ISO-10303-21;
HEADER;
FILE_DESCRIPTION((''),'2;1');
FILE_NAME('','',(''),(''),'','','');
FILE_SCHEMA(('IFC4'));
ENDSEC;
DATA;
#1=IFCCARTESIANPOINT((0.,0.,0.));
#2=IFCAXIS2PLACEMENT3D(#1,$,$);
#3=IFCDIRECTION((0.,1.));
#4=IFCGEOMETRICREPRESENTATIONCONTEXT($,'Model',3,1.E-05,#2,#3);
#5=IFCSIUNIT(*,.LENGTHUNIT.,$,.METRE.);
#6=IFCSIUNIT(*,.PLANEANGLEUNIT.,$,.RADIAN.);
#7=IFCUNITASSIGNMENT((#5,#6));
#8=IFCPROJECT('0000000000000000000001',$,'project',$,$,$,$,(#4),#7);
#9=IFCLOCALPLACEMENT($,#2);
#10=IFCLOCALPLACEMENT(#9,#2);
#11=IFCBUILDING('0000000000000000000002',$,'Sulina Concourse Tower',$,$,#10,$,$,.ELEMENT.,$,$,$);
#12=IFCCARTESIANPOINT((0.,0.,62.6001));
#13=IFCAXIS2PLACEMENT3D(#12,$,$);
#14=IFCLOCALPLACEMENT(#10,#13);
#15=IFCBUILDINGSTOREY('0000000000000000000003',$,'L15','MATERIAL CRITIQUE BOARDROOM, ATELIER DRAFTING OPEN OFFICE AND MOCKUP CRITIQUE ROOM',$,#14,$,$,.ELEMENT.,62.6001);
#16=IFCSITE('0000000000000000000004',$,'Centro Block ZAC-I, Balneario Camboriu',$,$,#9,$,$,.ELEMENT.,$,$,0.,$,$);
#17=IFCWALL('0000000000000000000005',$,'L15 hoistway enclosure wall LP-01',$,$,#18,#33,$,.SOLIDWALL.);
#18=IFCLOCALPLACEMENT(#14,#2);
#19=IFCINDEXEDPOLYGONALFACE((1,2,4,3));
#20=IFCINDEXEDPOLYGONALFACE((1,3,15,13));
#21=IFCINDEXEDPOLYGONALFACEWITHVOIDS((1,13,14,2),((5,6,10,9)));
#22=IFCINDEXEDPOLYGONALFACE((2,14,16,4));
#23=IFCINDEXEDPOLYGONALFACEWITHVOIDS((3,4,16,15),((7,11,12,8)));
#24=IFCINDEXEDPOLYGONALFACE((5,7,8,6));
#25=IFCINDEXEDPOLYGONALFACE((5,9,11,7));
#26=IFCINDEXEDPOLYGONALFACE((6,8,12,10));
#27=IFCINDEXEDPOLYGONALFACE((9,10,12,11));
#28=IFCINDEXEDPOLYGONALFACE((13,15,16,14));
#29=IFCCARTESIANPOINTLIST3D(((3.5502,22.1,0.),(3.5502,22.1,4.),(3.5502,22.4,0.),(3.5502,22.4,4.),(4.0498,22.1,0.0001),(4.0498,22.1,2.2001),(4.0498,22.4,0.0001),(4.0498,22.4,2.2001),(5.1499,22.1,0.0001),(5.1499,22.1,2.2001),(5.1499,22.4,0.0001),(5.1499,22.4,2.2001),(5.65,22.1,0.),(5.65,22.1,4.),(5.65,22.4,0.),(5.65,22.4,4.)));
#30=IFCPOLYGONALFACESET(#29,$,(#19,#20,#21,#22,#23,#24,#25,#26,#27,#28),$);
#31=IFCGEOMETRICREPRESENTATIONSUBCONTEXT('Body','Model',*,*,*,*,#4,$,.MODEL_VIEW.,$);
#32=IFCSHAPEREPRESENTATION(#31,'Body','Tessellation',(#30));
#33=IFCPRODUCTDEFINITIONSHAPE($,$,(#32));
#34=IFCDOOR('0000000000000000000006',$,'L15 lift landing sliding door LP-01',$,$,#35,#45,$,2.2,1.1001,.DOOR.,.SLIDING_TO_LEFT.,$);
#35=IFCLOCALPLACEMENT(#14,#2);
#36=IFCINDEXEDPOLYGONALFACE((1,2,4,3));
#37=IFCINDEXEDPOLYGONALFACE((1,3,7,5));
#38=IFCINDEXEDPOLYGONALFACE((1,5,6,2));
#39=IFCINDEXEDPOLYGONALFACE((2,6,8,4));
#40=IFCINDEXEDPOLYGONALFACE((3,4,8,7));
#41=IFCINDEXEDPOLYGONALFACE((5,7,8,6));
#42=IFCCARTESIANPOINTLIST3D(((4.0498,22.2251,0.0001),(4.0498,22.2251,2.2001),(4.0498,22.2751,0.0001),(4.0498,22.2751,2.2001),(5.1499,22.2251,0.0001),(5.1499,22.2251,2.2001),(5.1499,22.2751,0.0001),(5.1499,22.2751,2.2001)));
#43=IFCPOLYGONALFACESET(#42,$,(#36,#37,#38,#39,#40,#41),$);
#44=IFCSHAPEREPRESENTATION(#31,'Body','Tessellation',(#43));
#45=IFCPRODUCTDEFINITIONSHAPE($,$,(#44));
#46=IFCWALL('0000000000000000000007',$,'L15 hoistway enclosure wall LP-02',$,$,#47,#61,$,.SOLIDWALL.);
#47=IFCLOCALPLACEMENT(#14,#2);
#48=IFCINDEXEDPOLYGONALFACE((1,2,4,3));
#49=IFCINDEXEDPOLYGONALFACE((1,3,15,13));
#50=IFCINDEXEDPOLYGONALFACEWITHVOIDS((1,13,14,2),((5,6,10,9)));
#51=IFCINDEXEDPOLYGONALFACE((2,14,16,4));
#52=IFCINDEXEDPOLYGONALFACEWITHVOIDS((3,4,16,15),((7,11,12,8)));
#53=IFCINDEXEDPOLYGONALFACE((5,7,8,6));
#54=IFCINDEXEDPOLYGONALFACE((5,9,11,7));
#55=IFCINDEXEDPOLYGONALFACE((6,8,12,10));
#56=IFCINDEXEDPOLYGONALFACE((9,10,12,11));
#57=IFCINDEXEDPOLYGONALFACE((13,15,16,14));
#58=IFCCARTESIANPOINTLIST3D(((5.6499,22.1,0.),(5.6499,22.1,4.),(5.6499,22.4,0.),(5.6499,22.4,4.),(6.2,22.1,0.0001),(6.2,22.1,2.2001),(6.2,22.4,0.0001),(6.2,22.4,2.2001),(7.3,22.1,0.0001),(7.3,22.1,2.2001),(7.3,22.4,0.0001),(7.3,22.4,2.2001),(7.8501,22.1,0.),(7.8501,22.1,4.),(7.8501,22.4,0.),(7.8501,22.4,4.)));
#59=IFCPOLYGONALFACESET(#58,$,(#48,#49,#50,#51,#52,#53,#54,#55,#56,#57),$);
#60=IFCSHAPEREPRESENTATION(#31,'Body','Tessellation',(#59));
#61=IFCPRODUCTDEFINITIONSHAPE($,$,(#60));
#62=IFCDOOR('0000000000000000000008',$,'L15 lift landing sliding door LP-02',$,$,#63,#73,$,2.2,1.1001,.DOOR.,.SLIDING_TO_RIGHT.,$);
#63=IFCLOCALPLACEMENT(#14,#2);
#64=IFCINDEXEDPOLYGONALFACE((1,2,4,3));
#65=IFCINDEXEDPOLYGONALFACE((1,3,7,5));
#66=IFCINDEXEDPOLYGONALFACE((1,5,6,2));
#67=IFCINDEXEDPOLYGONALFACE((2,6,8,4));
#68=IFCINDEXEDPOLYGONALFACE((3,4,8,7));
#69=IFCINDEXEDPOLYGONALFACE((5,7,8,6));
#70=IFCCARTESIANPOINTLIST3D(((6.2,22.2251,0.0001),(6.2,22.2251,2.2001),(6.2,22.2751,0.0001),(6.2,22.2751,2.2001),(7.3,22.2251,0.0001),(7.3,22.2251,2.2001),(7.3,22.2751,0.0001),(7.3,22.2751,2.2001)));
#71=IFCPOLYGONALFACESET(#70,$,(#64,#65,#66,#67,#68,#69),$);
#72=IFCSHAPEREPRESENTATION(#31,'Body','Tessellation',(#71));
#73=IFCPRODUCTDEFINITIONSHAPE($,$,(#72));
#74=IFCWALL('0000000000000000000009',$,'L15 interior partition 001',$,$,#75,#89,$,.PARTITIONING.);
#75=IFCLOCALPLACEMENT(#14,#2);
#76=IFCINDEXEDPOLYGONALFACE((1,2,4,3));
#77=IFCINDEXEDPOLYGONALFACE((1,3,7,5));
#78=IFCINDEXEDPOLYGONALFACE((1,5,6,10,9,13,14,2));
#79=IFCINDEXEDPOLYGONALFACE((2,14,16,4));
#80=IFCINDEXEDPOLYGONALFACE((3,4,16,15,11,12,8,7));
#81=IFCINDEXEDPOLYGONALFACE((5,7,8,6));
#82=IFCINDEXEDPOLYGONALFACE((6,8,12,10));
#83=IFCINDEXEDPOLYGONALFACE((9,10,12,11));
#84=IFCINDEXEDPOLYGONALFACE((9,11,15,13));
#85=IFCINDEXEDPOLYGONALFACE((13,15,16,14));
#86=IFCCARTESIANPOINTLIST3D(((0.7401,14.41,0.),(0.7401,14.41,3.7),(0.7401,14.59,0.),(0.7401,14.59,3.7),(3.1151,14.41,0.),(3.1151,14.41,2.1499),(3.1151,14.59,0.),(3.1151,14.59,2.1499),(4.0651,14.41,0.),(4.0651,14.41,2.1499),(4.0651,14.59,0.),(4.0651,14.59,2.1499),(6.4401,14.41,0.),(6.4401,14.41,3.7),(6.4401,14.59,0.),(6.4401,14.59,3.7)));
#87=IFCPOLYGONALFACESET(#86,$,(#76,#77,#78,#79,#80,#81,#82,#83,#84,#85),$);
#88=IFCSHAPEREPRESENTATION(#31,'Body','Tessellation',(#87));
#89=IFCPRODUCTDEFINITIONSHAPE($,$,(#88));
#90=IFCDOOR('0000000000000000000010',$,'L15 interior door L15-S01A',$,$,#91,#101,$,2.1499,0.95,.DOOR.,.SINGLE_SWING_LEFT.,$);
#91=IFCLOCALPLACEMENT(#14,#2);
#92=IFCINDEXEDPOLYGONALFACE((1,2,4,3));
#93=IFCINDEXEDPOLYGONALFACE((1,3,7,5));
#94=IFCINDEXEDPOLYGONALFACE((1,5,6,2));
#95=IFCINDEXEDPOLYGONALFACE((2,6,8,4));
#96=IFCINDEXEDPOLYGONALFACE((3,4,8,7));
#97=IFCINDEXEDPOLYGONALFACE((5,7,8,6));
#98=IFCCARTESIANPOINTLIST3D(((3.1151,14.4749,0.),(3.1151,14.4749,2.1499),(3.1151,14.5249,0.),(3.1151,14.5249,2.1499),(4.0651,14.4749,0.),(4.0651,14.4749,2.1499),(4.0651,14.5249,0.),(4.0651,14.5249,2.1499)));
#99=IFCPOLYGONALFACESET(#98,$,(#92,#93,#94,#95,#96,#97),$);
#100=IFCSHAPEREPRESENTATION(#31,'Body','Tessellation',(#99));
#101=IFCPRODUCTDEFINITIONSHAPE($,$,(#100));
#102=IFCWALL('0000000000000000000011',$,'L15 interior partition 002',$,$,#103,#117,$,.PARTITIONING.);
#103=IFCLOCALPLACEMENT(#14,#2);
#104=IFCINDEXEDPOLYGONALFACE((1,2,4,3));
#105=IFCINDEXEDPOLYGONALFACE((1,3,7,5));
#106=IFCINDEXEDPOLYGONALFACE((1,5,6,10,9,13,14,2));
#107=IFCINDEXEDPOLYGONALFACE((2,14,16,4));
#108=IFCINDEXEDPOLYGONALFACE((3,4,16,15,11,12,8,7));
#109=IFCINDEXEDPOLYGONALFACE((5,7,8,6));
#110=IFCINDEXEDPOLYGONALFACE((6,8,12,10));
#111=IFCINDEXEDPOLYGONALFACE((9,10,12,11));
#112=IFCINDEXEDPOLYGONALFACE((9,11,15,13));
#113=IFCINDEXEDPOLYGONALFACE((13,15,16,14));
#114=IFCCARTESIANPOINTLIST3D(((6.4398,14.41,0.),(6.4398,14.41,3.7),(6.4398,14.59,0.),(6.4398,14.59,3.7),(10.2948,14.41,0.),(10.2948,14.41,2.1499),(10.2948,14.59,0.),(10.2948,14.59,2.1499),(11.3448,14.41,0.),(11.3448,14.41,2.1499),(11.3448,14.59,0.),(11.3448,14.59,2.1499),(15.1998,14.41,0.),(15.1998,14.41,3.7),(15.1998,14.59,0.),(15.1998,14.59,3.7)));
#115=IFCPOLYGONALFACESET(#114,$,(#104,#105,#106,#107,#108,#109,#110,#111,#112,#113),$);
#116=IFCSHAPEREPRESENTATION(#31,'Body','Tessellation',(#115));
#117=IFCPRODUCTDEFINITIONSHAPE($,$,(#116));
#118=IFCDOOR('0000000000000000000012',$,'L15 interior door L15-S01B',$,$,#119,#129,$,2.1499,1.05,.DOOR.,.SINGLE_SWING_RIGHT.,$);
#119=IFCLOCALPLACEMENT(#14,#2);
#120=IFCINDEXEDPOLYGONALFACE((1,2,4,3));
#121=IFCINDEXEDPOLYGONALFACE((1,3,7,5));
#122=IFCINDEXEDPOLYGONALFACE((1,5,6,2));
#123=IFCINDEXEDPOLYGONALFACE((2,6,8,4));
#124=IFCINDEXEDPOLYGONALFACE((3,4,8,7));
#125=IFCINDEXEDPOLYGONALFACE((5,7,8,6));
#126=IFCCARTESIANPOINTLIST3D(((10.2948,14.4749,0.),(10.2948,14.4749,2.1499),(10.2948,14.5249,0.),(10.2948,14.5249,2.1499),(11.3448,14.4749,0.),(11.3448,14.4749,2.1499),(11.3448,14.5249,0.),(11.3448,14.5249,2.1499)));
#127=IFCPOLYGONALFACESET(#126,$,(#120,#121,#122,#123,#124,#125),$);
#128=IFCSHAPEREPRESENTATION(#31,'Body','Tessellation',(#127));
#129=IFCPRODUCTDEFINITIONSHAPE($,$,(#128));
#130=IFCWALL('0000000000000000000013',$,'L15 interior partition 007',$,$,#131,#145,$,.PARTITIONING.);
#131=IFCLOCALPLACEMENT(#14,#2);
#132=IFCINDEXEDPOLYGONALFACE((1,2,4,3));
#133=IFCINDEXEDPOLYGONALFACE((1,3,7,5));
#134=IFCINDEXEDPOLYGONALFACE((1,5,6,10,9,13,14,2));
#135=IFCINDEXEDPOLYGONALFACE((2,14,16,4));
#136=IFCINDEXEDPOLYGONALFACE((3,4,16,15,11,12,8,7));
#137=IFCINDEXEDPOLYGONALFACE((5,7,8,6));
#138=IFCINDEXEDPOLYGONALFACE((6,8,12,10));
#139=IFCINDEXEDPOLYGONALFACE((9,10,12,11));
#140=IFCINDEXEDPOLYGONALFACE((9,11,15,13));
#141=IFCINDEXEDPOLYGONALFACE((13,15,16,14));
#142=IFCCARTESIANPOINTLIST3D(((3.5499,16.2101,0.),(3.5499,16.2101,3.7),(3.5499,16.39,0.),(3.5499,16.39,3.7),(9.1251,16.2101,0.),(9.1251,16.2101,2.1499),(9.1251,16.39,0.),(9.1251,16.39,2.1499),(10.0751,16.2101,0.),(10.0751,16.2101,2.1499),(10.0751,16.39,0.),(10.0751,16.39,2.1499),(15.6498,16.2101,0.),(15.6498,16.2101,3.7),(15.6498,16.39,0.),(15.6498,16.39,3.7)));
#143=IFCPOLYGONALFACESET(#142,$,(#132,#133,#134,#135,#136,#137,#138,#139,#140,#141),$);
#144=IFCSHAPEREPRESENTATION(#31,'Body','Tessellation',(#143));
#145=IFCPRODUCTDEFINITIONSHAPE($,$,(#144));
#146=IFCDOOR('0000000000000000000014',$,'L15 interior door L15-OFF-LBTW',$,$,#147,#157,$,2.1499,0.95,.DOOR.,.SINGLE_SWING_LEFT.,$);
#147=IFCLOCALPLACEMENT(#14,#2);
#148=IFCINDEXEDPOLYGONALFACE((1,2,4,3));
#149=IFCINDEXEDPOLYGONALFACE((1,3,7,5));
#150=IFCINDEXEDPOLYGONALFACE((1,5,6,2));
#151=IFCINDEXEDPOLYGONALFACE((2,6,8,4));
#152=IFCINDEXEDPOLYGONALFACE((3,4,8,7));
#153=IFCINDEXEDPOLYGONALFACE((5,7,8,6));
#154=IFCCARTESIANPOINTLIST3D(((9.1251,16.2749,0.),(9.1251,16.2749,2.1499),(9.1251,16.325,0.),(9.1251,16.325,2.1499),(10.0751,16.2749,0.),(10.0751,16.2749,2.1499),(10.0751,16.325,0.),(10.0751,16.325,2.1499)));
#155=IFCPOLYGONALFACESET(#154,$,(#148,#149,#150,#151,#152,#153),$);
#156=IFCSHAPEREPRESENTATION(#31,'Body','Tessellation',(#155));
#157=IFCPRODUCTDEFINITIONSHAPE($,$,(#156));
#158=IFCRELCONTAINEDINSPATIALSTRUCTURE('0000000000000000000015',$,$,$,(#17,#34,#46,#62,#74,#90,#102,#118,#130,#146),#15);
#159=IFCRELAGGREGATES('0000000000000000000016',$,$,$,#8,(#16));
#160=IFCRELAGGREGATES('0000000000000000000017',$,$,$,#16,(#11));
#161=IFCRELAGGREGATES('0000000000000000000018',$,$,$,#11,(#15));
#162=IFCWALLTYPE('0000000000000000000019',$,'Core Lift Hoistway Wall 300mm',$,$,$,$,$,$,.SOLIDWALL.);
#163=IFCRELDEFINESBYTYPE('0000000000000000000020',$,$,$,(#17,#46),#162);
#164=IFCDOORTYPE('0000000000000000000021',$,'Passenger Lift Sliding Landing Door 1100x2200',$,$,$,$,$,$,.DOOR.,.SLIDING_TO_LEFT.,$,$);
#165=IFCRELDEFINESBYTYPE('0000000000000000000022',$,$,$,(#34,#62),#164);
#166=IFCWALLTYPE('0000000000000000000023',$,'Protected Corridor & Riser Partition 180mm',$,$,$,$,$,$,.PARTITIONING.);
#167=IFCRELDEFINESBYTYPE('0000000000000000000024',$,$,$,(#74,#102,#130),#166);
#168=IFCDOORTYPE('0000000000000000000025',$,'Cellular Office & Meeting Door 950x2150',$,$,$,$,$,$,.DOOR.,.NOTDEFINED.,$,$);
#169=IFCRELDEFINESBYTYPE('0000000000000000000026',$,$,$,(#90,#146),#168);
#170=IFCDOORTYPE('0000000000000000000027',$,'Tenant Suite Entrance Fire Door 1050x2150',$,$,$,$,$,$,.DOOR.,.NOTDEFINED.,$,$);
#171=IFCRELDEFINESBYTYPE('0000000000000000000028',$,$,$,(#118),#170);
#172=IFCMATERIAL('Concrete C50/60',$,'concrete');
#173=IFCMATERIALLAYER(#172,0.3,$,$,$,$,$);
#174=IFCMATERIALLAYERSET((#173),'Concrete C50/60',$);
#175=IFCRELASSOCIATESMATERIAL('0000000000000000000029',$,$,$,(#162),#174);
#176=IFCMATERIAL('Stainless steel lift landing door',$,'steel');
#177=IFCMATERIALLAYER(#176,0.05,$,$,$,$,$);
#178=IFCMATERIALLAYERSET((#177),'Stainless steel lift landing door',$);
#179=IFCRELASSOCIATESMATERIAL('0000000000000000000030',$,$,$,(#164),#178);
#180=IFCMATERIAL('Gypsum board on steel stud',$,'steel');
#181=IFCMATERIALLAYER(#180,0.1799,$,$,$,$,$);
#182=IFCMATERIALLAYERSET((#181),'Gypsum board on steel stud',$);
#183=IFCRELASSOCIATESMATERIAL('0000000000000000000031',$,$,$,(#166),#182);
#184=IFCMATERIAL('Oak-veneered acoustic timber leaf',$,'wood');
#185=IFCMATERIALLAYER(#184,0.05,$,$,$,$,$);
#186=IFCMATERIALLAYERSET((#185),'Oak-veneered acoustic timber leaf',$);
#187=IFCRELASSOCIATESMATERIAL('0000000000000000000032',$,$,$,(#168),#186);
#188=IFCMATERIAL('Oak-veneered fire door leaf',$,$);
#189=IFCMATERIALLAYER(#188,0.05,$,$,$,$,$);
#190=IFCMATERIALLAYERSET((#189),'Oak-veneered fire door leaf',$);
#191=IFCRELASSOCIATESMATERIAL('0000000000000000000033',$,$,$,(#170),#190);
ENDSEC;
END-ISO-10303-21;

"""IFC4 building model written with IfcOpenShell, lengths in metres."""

from ifc_helpers import new_model, si_unit, direction, frame, frame_2d, origin, place, context, subcontext, project, spatial, rectangle, extrude, material, layer, layer_set, type_object, element, fill, save


model = new_model("IFC4")

# Units and contexts
model_context = context("Model", 3, precision=1e-05, world=origin(), true_north=direction((0.0, 1.0)))
body_context = subcontext(model_context, "Body", "Model", "MODEL_VIEW")
ifc_project = project(units=[si_unit("LENGTHUNIT", "METRE"), si_unit("PLANEANGLEUNIT", "RADIAN")], contexts=[model_context])

# Site, building, storey
site_placement = place(None, origin())
site = spatial("IfcSite", under=ifc_project, at=site_placement, Name="Centro Block ZAC-I, Balneario Camboriu", CompositionType="ELEMENT", RefElevation=0.0)
building_placement = place(site_placement, origin())
building = spatial("IfcBuilding", under=site, at=building_placement, Name="Sulina Concourse Tower", CompositionType="ELEMENT")
storey_placement = place(building_placement, frame((0.0, 0.0, 62.6001)))
storey = spatial("IfcBuildingStorey", under=building, at=storey_placement, Name="L15", Description="MATERIAL CRITIQUE BOARDROOM, ATELIER DRAFTING OPEN OFFICE AND MOCKUP CRITIQUE ROOM", CompositionType="ELEMENT", Elevation=62.6001)

# Walls, openings, doors
ifc_material_1 = material(Name="Concrete C50/60", Category="concrete")
ifc_layer_1 = layer(ifc_material_1, 0.3)
ifc_layer_set_1 = layer_set([ifc_layer_1], Name="Concrete C50/60")
wall_type_1 = type_object("IfcWallType", Name="Core Lift Hoistway Wall 300mm", PredefinedType="SOLIDWALL", material=ifc_layer_set_1)
wall_1_placement = place(storey_placement, frame((5.6499, 22.25, 0.0), z_axis=(0.0, 0.0, 1.0), x_axis=(-1.0, 0.0, 0.0)))
wall_1 = element("IfcWall", 1, at=wall_1_placement, inside=storey, type_object=wall_type_1, Name="L15 hoistway enclosure wall LP-01", PredefinedType="SOLIDWALL", context=body_context, shape_type="SweptSolid", body=[
    extrude(rectangle(XDim=2.0999, YDim=0.3, at=frame_2d((1.0498, 0.0))), origin(), (0.0, 0.0, 1.0), 4.0),
])
opening_1_placement = place(wall_1_placement, frame((0.5, 0.0, 0.0)))
opening_1 = element("IfcOpeningElement", 2, at=opening_1_placement, cuts=wall_1, PredefinedType="OPENING", context=body_context, shape_type="SweptSolid", body=[
    extrude(rectangle(XDim=1.1001, YDim=2.2, at=frame_2d((0.55, 1.1001))), frame((0.0, 0.1599, 0.0), z_axis=(0.0, -1.0, 0.0), x_axis=(1.0, 0.0, 0.0)), (0.0, 0.0, 1.0), 0.3201),
])
ifc_material_2 = material(Name="Stainless steel lift landing door", Category="steel")
ifc_layer_2 = layer(ifc_material_2, 0.05)
ifc_layer_set_2 = layer_set([ifc_layer_2], Name="Stainless steel lift landing door")
door_type_1 = type_object("IfcDoorType", Name="Passenger Lift Sliding Landing Door 1100x2200", OperationType="SLIDING_TO_LEFT", PredefinedType="DOOR", material=ifc_layer_set_2)
door_1_placement = place(opening_1_placement, origin())
door_1 = element("IfcDoor", 3, at=door_1_placement, inside=storey, type_object=door_type_1, Name="L15 lift landing sliding door LP-01", OperationType="SLIDING_TO_LEFT", OverallHeight=2.2, OverallWidth=1.1001, PredefinedType="DOOR", context=body_context, shape_type="SweptSolid", body=[
    extrude(rectangle(XDim=1.1001, YDim=2.2, at=frame_2d((0.55, 1.1001))), frame((0.0, 0.0249, 0.0), z_axis=(0.0, -1.0, 0.0), x_axis=(1.0, 0.0, 0.0)), (0.0, 0.0, 1.0), 0.05),
])
fill(opening_1, door_1)
wall_2_placement = place(storey_placement, frame((7.8501, 22.25, 0.0), z_axis=(0.0, 0.0, 1.0), x_axis=(-1.0, 0.0, 0.0)))
wall_2 = element("IfcWall", 4, at=wall_2_placement, inside=storey, type_object=wall_type_1, Name="L15 hoistway enclosure wall LP-02", PredefinedType="SOLIDWALL", context=body_context, shape_type="SweptSolid", body=[
    extrude(rectangle(XDim=2.2002, YDim=0.3, at=frame_2d((1.1001, 0.0))), origin(), (0.0, 0.0, 1.0), 4.0),
])
opening_2_placement = place(wall_2_placement, frame((0.55, 0.0, 0.0)))
opening_2 = element("IfcOpeningElement", 5, at=opening_2_placement, cuts=wall_2, PredefinedType="OPENING", context=body_context, shape_type="SweptSolid", body=[
    extrude(rectangle(XDim=1.1001, YDim=2.2, at=frame_2d((0.55, 1.1001))), frame((0.0, 0.1599, 0.0), z_axis=(0.0, -1.0, 0.0), x_axis=(1.0, 0.0, 0.0)), (0.0, 0.0, 1.0), 0.3201),
])
door_2_placement = place(opening_2_placement, origin())
door_2 = element("IfcDoor", 6, at=door_2_placement, inside=storey, type_object=door_type_1, Name="L15 lift landing sliding door LP-02", OperationType="SLIDING_TO_RIGHT", OverallHeight=2.2, OverallWidth=1.1001, PredefinedType="DOOR", context=body_context, shape_type="SweptSolid", body=[
    extrude(rectangle(XDim=1.1001, YDim=2.2, at=frame_2d((0.55, 1.1001))), frame((0.0, 0.0249, 0.0), z_axis=(0.0, -1.0, 0.0), x_axis=(1.0, 0.0, 0.0)), (0.0, 0.0, 1.0), 0.05),
])
fill(opening_2, door_2)
ifc_material_3 = material(Name="Gypsum board on steel stud", Category="steel")
ifc_layer_3 = layer(ifc_material_3, 0.1799)
ifc_layer_set_3 = layer_set([ifc_layer_3], Name="Gypsum board on steel stud")
wall_type_2 = type_object("IfcWallType", Name="Protected Corridor & Riser Partition 180mm", PredefinedType="PARTITIONING", material=ifc_layer_set_3)
wall_3_placement = place(storey_placement, frame((0.74, 14.5, 0.0), z_axis=(0.0, 0.0, 1.0), x_axis=(1.0, 0.0, 0.0)))
wall_3 = element("IfcWall", 7, at=wall_3_placement, inside=storey, type_object=wall_type_2, Name="L15 interior partition 001", PredefinedType="PARTITIONING", context=body_context, shape_type="SweptSolid", body=[
    extrude(rectangle(XDim=5.7, YDim=0.1799, at=frame_2d((2.8501, 0.0))), origin(), (0.0, 0.0, 1.0), 3.7),
])
opening_3_placement = place(wall_3_placement, frame((2.375, 0.0, 0.0)))
opening_3 = element("IfcOpeningElement", 8, at=opening_3_placement, cuts=wall_3, PredefinedType="OPENING", context=body_context, shape_type="SweptSolid", body=[
    extrude(rectangle(XDim=0.95, YDim=2.1499, at=frame_2d((0.4751, 1.075))), frame((0.0, 0.0999, 0.0), z_axis=(0.0, -1.0, 0.0), x_axis=(1.0, 0.0, 0.0)), (0.0, 0.0, 1.0), 0.2),
])
ifc_material_4 = material(Name="Oak-veneered acoustic timber leaf", Category="wood")
ifc_layer_4 = layer(ifc_material_4, 0.05)
ifc_layer_set_4 = layer_set([ifc_layer_4], Name="Oak-veneered acoustic timber leaf")
door_type_2 = type_object("IfcDoorType", Name="Cellular Office & Meeting Door 950x2150", OperationType="NOTDEFINED", PredefinedType="DOOR", material=ifc_layer_set_4)
door_3_placement = place(opening_3_placement, origin())
door_3 = element("IfcDoor", 9, at=door_3_placement, inside=storey, type_object=door_type_2, Name="L15 interior door L15-S01A", OperationType="SINGLE_SWING_LEFT", OverallHeight=2.1499, OverallWidth=0.95, PredefinedType="DOOR", context=body_context, shape_type="SweptSolid", body=[
    extrude(rectangle(XDim=0.95, YDim=2.1499, at=frame_2d((0.4751, 1.075))), frame((0.0, 0.0249, 0.0), z_axis=(0.0, -1.0, 0.0), x_axis=(1.0, 0.0, 0.0)), (0.0, 0.0, 1.0), 0.05),
])
fill(opening_3, door_3)
wall_4_placement = place(storey_placement, frame((6.4399, 14.5, 0.0), z_axis=(0.0, 0.0, 1.0), x_axis=(1.0, 0.0, 0.0)))
wall_4 = element("IfcWall", 10, at=wall_4_placement, inside=storey, type_object=wall_type_2, Name="L15 interior partition 002", PredefinedType="PARTITIONING", context=body_context, shape_type="SweptSolid", body=[
    extrude(rectangle(XDim=8.76, YDim=0.1799, at=frame_2d((4.3799, 0.0))), origin(), (0.0, 0.0, 1.0), 3.7),
])
opening_4_placement = place(wall_4_placement, frame((3.855, 0.0, 0.0)))
opening_4 = element("IfcOpeningElement", 11, at=opening_4_placement, cuts=wall_4, PredefinedType="OPENING", context=body_context, shape_type="SweptSolid", body=[
    extrude(rectangle(XDim=1.05, YDim=2.1499, at=frame_2d((0.5249, 1.075))), frame((0.0, 0.0999, 0.0), z_axis=(0.0, -1.0, 0.0), x_axis=(1.0, 0.0, 0.0)), (0.0, 0.0, 1.0), 0.2),
])
ifc_material_5 = material(Name="Oak-veneered fire door leaf")
ifc_layer_5 = layer(ifc_material_5, 0.05)
ifc_layer_set_5 = layer_set([ifc_layer_5], Name="Oak-veneered fire door leaf")
door_type_3 = type_object("IfcDoorType", Name="Tenant Suite Entrance Fire Door 1050x2150", OperationType="NOTDEFINED", PredefinedType="DOOR", material=ifc_layer_set_5)
door_4_placement = place(opening_4_placement, origin())
door_4 = element("IfcDoor", 12, at=door_4_placement, inside=storey, type_object=door_type_3, Name="L15 interior door L15-S01B", OperationType="SINGLE_SWING_RIGHT", OverallHeight=2.1499, OverallWidth=1.05, PredefinedType="DOOR", context=body_context, shape_type="SweptSolid", body=[
    extrude(rectangle(XDim=1.05, YDim=2.1499, at=frame_2d((0.5249, 1.075))), frame((0.0, 0.0249, 0.0), z_axis=(0.0, -1.0, 0.0), x_axis=(1.0, 0.0, 0.0)), (0.0, 0.0, 1.0), 0.05),
])
fill(opening_4, door_4)
wall_5_placement = place(storey_placement, frame((3.55, 16.3, 0.0), z_axis=(0.0, 0.0, 1.0), x_axis=(1.0, 0.0, 0.0)))
wall_5 = element("IfcWall", 13, at=wall_5_placement, inside=storey, type_object=wall_type_2, Name="L15 interior partition 007", PredefinedType="PARTITIONING", context=body_context, shape_type="SweptSolid", body=[
    extrude(rectangle(XDim=12.0999, YDim=0.1799, at=frame_2d((6.0498, 0.0))), origin(), (0.0, 0.0, 1.0), 3.7),
])
opening_5_placement = place(wall_5_placement, frame((5.575, 0.0, 0.0)))
opening_5 = element("IfcOpeningElement", 14, at=opening_5_placement, cuts=wall_5, PredefinedType="OPENING", context=body_context, shape_type="SweptSolid", body=[
    extrude(rectangle(XDim=0.95, YDim=2.1499, at=frame_2d((0.4751, 1.075))), frame((0.0, 0.0999, 0.0), z_axis=(0.0, -1.0, 0.0), x_axis=(1.0, 0.0, 0.0)), (0.0, 0.0, 1.0), 0.2),
])
door_5_placement = place(opening_5_placement, origin())
door_5 = element("IfcDoor", 15, at=door_5_placement, inside=storey, type_object=door_type_2, Name="L15 interior door L15-OFF-LBTW", OperationType="SINGLE_SWING_LEFT", OverallHeight=2.1499, OverallWidth=0.95, PredefinedType="DOOR", context=body_context, shape_type="SweptSolid", body=[
    extrude(rectangle(XDim=0.95, YDim=2.1499, at=frame_2d((0.4751, 1.075))), frame((0.0, 0.0249, 0.0), z_axis=(0.0, -1.0, 0.0), x_axis=(1.0, 0.0, 0.0)), (0.0, 0.0, 1.0), 0.05),
])
fill(opening_5, door_5)

save(model, "model.ifc")
